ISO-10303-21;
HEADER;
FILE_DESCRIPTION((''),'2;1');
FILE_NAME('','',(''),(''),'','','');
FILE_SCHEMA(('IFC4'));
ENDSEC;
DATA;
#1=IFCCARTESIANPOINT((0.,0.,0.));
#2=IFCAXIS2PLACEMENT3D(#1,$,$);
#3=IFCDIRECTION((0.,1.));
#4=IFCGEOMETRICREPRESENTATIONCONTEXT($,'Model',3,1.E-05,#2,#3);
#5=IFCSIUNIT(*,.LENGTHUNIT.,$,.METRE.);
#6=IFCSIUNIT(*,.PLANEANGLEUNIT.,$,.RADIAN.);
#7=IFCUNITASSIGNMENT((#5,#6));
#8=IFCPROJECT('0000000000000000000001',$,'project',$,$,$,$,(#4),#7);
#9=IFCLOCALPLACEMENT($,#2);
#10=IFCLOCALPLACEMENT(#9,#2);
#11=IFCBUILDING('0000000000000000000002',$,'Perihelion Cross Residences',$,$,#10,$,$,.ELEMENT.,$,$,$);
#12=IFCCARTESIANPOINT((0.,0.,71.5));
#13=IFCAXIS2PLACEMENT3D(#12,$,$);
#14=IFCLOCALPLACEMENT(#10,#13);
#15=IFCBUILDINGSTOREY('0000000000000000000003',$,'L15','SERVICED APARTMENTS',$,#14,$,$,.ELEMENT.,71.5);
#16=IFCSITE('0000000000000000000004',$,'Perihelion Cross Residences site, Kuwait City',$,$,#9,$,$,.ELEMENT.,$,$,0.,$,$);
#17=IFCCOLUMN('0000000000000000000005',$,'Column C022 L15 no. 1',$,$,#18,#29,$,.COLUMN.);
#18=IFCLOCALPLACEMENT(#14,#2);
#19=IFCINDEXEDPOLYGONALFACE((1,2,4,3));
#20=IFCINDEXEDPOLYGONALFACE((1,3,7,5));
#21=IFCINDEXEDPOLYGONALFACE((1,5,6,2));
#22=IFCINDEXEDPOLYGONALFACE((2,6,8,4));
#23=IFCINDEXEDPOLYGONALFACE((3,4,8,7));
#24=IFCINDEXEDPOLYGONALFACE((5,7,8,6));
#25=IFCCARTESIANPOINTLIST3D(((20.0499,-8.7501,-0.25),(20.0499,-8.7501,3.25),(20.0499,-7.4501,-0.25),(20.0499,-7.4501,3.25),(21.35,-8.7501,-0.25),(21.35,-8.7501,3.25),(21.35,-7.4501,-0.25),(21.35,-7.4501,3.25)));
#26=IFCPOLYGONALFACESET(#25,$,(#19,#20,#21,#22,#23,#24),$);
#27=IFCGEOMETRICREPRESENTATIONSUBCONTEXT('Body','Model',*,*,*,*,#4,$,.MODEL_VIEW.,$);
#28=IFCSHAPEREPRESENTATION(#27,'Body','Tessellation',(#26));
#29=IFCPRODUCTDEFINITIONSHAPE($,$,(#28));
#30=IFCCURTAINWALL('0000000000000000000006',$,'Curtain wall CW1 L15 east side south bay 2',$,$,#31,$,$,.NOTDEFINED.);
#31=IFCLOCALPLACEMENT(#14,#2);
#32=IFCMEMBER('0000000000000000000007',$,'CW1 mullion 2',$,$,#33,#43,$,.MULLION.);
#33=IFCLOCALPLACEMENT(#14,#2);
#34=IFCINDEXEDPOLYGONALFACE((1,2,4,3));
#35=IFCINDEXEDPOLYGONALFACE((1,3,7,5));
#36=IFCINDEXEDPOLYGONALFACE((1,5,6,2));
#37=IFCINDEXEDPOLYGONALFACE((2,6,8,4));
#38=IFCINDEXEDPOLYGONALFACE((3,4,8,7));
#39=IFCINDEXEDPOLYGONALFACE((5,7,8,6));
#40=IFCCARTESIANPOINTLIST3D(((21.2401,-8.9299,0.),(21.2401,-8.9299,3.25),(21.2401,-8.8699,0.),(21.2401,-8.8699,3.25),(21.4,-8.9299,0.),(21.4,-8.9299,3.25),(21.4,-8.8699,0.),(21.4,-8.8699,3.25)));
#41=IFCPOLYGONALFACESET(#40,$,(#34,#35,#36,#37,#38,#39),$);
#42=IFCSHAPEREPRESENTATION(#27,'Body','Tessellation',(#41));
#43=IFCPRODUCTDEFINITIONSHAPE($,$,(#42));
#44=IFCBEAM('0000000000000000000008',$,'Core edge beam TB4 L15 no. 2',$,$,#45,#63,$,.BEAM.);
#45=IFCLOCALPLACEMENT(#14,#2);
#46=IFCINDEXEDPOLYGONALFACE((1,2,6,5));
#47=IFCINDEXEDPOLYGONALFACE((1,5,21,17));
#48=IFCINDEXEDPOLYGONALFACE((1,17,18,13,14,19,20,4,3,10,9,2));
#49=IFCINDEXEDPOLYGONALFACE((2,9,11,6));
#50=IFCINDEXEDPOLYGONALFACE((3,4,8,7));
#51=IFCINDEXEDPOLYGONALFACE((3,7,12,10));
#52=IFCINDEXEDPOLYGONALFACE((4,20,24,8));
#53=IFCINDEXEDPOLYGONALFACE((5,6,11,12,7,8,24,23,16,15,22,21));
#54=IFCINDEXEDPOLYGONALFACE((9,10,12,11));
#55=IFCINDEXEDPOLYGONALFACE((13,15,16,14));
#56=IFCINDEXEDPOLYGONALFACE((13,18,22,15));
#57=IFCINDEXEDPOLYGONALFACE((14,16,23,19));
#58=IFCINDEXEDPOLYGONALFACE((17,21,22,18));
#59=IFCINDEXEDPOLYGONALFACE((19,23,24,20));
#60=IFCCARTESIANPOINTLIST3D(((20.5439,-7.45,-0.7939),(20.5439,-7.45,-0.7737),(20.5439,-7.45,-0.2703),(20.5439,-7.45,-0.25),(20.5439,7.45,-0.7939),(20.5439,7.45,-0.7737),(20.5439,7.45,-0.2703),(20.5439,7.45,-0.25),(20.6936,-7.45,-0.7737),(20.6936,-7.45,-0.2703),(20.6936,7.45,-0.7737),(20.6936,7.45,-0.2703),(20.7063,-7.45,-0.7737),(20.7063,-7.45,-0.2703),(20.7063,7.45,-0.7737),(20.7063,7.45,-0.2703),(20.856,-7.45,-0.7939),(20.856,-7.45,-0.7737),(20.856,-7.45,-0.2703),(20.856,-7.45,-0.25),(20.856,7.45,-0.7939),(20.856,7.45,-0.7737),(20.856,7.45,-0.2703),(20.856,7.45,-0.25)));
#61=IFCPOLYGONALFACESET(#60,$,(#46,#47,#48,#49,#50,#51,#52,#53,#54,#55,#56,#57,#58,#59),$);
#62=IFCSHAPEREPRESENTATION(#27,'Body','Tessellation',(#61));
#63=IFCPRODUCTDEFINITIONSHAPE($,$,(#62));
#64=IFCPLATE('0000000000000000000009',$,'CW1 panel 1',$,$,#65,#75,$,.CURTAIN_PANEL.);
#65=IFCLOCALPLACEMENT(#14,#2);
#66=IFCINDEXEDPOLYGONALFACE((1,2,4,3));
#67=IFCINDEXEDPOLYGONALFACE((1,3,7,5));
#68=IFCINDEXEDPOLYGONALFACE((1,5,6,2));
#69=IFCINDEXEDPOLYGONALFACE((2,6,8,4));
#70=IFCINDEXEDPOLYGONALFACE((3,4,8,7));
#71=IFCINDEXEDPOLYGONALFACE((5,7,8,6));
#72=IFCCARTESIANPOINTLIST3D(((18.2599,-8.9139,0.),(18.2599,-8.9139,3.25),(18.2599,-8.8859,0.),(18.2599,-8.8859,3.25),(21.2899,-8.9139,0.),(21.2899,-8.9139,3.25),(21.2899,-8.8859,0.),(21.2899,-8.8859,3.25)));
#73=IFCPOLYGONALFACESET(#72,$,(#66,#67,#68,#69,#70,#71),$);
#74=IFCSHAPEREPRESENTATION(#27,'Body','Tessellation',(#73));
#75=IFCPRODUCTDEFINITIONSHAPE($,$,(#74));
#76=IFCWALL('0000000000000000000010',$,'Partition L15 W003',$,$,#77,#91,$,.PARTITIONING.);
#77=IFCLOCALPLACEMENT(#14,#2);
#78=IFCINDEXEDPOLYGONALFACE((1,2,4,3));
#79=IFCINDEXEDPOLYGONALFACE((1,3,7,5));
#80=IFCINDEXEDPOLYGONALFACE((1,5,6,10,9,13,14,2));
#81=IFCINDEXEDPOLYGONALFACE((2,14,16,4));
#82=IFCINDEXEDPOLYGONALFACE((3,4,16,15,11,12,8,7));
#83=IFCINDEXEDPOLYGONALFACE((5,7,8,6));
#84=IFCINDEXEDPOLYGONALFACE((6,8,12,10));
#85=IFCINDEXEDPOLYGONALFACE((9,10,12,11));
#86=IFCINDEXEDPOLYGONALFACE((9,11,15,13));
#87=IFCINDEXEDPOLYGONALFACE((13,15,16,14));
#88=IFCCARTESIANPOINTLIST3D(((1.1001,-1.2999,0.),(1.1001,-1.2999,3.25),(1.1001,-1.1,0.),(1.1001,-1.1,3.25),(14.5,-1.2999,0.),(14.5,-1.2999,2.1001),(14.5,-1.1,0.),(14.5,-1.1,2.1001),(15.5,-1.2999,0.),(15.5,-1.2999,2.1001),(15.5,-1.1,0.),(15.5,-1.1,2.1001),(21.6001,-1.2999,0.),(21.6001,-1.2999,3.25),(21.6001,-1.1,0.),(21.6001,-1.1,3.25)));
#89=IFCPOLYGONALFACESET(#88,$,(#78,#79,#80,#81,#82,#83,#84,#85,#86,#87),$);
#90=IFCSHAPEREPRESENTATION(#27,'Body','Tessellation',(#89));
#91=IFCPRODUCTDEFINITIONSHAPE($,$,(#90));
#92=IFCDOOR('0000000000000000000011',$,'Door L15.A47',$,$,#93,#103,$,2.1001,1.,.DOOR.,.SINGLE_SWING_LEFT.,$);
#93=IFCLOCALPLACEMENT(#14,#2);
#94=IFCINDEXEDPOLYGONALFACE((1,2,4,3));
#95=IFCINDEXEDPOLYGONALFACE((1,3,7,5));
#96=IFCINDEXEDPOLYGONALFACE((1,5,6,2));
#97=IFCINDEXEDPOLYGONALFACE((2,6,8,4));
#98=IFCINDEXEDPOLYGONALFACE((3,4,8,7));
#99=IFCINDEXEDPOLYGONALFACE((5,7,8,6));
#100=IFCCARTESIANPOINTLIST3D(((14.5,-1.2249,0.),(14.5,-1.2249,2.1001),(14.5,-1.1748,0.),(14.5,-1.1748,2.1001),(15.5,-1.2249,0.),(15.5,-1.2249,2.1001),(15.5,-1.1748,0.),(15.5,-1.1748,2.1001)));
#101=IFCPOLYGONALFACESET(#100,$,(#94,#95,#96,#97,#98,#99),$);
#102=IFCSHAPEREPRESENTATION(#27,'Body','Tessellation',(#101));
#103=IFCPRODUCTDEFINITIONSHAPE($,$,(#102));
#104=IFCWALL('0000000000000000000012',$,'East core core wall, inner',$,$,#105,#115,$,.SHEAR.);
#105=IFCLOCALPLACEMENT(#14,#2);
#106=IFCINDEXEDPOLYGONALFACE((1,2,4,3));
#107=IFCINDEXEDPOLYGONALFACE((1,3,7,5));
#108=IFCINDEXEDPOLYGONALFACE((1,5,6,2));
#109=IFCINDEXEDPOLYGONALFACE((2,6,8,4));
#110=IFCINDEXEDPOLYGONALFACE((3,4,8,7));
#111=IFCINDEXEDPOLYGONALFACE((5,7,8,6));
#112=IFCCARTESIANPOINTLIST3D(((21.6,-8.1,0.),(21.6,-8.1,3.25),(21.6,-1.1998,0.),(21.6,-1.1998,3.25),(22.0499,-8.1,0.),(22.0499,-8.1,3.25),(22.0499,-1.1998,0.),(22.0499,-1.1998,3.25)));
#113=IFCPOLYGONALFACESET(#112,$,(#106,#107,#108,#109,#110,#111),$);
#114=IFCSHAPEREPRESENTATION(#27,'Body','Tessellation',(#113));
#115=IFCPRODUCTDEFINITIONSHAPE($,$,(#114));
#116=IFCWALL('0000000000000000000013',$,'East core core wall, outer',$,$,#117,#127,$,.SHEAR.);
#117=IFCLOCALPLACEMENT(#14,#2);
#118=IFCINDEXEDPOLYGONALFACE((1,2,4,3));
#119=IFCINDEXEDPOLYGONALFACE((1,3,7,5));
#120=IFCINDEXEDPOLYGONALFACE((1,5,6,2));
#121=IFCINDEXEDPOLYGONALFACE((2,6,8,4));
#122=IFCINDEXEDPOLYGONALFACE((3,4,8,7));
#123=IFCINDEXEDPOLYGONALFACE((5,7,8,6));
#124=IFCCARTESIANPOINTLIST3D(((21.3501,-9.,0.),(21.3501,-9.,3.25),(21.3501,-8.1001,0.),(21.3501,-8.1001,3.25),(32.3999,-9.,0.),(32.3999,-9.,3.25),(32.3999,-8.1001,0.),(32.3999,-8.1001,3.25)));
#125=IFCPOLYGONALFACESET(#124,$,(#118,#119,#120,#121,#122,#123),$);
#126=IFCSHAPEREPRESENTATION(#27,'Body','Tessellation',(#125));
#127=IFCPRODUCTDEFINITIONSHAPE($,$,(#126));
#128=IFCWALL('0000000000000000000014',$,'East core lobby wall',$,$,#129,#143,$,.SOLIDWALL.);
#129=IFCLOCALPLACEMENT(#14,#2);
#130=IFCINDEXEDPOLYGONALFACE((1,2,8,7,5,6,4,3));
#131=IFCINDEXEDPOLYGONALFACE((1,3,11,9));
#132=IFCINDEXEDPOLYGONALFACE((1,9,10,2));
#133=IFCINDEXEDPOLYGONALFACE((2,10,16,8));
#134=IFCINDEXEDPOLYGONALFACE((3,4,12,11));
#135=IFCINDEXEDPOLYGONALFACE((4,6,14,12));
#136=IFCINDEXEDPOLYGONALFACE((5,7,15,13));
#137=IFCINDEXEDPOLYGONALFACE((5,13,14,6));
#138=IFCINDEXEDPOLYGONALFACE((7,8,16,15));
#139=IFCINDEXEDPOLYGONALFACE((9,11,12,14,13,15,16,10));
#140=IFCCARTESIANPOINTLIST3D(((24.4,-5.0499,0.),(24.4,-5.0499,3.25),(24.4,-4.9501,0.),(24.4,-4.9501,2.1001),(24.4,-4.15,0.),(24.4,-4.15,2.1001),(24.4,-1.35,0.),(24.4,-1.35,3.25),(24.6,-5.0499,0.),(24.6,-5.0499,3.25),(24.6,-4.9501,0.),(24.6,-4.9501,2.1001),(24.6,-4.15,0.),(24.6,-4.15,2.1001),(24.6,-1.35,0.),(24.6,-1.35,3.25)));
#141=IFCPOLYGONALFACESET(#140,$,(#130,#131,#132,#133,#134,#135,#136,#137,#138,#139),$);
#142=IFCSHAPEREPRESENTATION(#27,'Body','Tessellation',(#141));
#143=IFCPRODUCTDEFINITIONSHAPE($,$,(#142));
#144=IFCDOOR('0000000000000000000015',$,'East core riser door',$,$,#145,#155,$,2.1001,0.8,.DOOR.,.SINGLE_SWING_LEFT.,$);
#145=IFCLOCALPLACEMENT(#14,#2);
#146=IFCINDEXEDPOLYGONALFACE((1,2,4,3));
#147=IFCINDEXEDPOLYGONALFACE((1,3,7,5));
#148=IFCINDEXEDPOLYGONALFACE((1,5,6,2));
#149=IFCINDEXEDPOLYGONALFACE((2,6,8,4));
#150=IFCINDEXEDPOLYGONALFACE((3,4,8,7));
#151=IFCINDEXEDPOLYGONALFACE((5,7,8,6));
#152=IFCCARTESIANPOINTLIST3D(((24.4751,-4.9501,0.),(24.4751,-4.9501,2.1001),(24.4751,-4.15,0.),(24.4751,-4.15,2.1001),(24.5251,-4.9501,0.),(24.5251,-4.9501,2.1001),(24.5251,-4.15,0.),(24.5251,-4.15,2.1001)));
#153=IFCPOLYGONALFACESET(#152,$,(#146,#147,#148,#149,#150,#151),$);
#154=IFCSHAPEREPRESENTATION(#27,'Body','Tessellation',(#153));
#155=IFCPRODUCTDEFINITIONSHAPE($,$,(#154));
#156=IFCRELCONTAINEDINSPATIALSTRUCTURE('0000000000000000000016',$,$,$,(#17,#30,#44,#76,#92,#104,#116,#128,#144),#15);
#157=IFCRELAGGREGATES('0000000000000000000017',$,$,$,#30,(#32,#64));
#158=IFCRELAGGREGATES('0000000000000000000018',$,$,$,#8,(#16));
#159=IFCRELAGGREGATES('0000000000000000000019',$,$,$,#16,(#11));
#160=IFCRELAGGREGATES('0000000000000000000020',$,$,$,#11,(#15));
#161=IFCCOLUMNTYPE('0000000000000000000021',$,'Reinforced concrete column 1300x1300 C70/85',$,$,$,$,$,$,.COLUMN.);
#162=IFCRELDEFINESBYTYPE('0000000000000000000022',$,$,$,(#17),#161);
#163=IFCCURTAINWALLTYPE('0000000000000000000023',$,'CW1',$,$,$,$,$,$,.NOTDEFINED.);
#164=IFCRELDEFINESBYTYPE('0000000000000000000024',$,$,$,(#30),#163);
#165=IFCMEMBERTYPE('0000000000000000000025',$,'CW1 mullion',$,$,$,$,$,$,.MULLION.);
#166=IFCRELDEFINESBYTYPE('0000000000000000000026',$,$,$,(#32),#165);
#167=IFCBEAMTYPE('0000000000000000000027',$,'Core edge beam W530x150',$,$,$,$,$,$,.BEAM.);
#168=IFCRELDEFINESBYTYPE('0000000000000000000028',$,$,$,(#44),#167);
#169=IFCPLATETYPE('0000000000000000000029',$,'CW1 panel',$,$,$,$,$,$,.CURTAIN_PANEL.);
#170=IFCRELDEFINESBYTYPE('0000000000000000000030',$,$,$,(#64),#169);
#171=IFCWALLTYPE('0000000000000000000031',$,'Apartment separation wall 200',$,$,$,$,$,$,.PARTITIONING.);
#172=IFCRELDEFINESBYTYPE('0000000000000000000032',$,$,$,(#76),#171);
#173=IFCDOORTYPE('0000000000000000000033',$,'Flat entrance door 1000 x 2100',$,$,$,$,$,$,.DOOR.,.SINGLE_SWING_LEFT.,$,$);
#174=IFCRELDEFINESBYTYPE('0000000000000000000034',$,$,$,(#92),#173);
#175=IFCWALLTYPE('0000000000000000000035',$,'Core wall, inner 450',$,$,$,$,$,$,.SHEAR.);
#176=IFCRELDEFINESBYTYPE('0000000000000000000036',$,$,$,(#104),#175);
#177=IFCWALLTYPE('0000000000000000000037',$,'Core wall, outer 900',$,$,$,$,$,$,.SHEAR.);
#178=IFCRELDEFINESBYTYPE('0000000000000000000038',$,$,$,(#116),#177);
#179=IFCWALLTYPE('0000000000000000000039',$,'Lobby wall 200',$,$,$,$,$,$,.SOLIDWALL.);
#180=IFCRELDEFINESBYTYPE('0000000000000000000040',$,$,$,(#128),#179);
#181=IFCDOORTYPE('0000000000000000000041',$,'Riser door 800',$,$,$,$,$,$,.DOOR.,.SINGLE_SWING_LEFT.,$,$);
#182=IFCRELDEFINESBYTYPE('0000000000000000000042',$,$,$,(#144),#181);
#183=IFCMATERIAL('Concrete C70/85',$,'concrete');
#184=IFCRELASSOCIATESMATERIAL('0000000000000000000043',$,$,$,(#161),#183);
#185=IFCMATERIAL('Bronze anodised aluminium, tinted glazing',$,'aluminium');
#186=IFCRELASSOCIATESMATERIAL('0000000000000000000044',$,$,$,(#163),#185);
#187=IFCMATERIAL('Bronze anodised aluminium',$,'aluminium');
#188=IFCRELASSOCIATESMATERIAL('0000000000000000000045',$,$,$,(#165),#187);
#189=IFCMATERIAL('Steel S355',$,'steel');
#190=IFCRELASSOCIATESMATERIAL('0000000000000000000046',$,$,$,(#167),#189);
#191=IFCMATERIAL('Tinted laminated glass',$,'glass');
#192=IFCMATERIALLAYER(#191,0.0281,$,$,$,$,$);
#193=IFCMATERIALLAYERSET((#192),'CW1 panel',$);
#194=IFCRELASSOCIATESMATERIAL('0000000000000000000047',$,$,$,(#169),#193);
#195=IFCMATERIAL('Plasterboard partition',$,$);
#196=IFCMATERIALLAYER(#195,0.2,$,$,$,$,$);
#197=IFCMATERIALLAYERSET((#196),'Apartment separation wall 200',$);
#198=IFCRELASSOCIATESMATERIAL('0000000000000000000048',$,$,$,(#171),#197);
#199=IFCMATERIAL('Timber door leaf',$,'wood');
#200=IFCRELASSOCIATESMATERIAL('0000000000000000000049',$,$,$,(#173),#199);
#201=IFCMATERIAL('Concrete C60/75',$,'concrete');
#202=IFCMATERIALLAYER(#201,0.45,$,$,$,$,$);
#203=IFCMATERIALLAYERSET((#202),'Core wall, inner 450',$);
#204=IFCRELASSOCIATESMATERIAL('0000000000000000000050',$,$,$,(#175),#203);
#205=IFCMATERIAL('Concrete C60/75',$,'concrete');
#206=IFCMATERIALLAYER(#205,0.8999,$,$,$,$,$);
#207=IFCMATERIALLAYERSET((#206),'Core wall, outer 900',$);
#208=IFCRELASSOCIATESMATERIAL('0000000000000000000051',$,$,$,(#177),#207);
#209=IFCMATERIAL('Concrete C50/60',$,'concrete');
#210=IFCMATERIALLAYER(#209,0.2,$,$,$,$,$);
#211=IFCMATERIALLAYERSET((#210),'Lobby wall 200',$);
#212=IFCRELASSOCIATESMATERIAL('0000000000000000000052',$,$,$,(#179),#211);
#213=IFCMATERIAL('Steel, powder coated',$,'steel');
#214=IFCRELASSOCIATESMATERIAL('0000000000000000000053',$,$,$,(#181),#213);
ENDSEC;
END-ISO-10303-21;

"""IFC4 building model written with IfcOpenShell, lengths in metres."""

from ifc_helpers import new_model, si_unit, direction, frame, frame_2d, origin, origin_2d, place, context, subcontext, project, spatial, rectangle, i_section, extrude, material, layer, layer_set, material_profile, profile_set, type_object, element, fill, aggregate, save


model = new_model("IFC4")

# Units and contexts
model_context = context("Model", 3, precision=1e-05, world=origin(), true_north=direction((0.0, 1.0)))
body_context = subcontext(model_context, "Body", "Model", "MODEL_VIEW")
ifc_project = project(units=[si_unit("LENGTHUNIT", "METRE"), si_unit("PLANEANGLEUNIT", "RADIAN")], contexts=[model_context])

# Site, building, storey
site_placement = place(None, origin())
site = spatial("IfcSite", under=ifc_project, at=site_placement, Name="Perihelion Cross Residences site, Kuwait City", CompositionType="ELEMENT", RefElevation=0.0)
building_placement = place(site_placement, origin())
building = spatial("IfcBuilding", under=site, at=building_placement, Name="Perihelion Cross Residences", CompositionType="ELEMENT")
storey_placement = place(building_placement, frame((0.0, 0.0, 71.5)))
storey = spatial("IfcBuildingStorey", under=building, at=storey_placement, Name="L15", Description="SERVICED APARTMENTS", CompositionType="ELEMENT", Elevation=71.5)

# Column
ifc_material_1 = material(Name="Concrete C70/85", Category="concrete")
ifc_material_profile_1 = material_profile(ifc_material_1, rectangle(XDim=1.3, YDim=1.3, at=origin_2d()), Name="RC 1300x1300")
ifc_profile_set_1 = profile_set([ifc_material_profile_1], Name="Concrete C70/85")
column_type = type_object("IfcColumnType", Name="Reinforced concrete column 1300x1300 C70/85", PredefinedType="COLUMN", material=ifc_profile_set_1)
column_placement = place(storey_placement, frame((20.7, -8.1001, -0.25), z_axis=(0.0, 0.0, 1.0), x_axis=(1.0, 0.0, 0.0)))
element("IfcColumn", 1, at=column_placement, inside=storey, type_object=column_type, Name="Column C022 L15 no. 1", PredefinedType="COLUMN", context=body_context, shape_type="SweptSolid", body=[
    extrude(rectangle(XDim=1.3, YDim=1.3, at=origin_2d()), origin(), (0.0, 0.0, 1.0), 3.5),
])

# Curtain wall, member
ifc_material_2 = material(Name="Bronze anodised aluminium, tinted glazing", Category="aluminium")
curtain_wall_type = type_object("IfcCurtainWallType", Name="CW1", PredefinedType="NOTDEFINED", material=ifc_material_2)
curtain_wall_placement = place(storey_placement, origin())
curtain_wall = element("IfcCurtainWall", 2, at=curtain_wall_placement, inside=storey, type_object=curtain_wall_type, Name="Curtain wall CW1 L15 east side south bay 2", PredefinedType="NOTDEFINED")
ifc_material_3 = material(Name="Bronze anodised aluminium", Category="aluminium")
ifc_material_profile_2 = material_profile(ifc_material_3, rectangle(XDim=0.0601, YDim=0.1599, at=origin_2d()), Name="CW1 mullion")
ifc_profile_set_2 = profile_set([ifc_material_profile_2], Name="Bronze anodised aluminium")
member_type = type_object("IfcMemberType", Name="CW1 mullion", PredefinedType="MULLION", material=ifc_profile_set_2)
member_placement = place(storey_placement, frame((21.3201, -8.8999, 0.0), z_axis=(0.0, 0.0, 1.0), x_axis=(0.0, 1.0, 0.0)))
member = element("IfcMember", 3, at=member_placement, type_object=member_type, Name="CW1 mullion 2", PredefinedType="MULLION", context=body_context, shape_type="SweptSolid", body=[
    extrude(rectangle(XDim=0.0601, YDim=0.1599, at=origin_2d()), origin(), (0.0, 0.0, 1.0), 3.25),
])

# Beam
ifc_material_4 = material(Name="Steel S355", Category="steel")
ifc_material_profile_3 = material_profile(ifc_material_4, i_section(OverallWidth=0.312, OverallDepth=0.5439, WebThickness=0.0127, FlangeThickness=0.0203, at=origin_2d()), Name="W530x150")
ifc_profile_set_3 = profile_set([ifc_material_profile_3], Name="Steel S355")
beam_type = type_object("IfcBeamType", Name="Core edge beam W530x150", PredefinedType="BEAM", material=ifc_profile_set_3)
beam_placement = place(storey_placement, frame((20.7, -7.45, -0.522), z_axis=(0.0, 1.0, 0.0), x_axis=(-1.0, 0.0, 0.0)))
element("IfcBeam", 4, at=beam_placement, inside=storey, type_object=beam_type, Name="Core edge beam TB4 L15 no. 2", PredefinedType="BEAM", context=body_context, shape_type="SweptSolid", body=[
    extrude(i_section(OverallWidth=0.312, OverallDepth=0.5439, WebThickness=0.0127, FlangeThickness=0.0203, at=origin_2d()), origin(), (0.0, 0.0, 1.0), 14.8999),
])

# Plate
ifc_material_5 = material(Name="Tinted laminated glass", Category="glass")
ifc_layer_1 = layer(ifc_material_5, 0.0281)
ifc_layer_set_1 = layer_set([ifc_layer_1], Name="CW1 panel")
plate_type = type_object("IfcPlateType", Name="CW1 panel", PredefinedType="CURTAIN_PANEL", material=ifc_layer_set_1)
plate_placement = place(storey_placement, frame((19.7749, -8.8999, 0.0), z_axis=(0.0, 0.0, 1.0), x_axis=(1.0, 0.0, 0.0)))
plate = element("IfcPlate", 5, at=plate_placement, type_object=plate_type, Name="CW1 panel 1", PredefinedType="CURTAIN_PANEL", context=body_context, shape_type="SweptSolid", body=[
    extrude(rectangle(XDim=3.03, YDim=0.0281, at=origin_2d()), origin(), (0.0, 0.0, 1.0), 3.25),
])
aggregate(curtain_wall, [member, plate])

# Wall, opening, door
ifc_material_6 = material(Name="Plasterboard partition")
ifc_layer_2 = layer(ifc_material_6, 0.2)
ifc_layer_set_2 = layer_set([ifc_layer_2], Name="Apartment separation wall 200")
wall_type_1 = type_object("IfcWallType", Name="Apartment separation wall 200", PredefinedType="PARTITIONING", material=ifc_layer_set_2)
wall_1_placement = place(storey_placement, frame((21.6001, -1.2, 0.0), z_axis=(0.0, 0.0, 1.0), x_axis=(-1.0, 0.0, 0.0)))
wall_1 = element("IfcWall", 6, at=wall_1_placement, inside=storey, type_object=wall_type_1, Name="Partition L15 W003", PredefinedType="PARTITIONING", context=body_context, shape_type="SweptSolid", body=[
    extrude(rectangle(XDim=20.5, YDim=0.2, at=frame_2d((10.25, 0.0))), origin(), (0.0, 0.0, 1.0), 3.25),
])
opening_1_placement = place(wall_1_placement, frame((6.1001, 0.0, 0.0)))
opening_1 = element("IfcOpeningElement", 7, at=opening_1_placement, cuts=wall_1, PredefinedType="OPENING", context=body_context, shape_type="SweptSolid", body=[
    extrude(rectangle(XDim=1.0, YDim=2.1001, at=frame_2d((0.5, 1.05))), frame((0.0, 0.1099, 0.0), z_axis=(0.0, -1.0, 0.0), x_axis=(1.0, 0.0, 0.0)), (0.0, 0.0, 1.0), 0.22),
])
ifc_material_7 = material(Name="Timber door leaf", Category="wood")
door_type_1 = type_object("IfcDoorType", Name="Flat entrance door 1000 x 2100", OperationType="SINGLE_SWING_LEFT", PredefinedType="DOOR", material=ifc_material_7)
door_1_placement = place(opening_1_placement, origin())
door_1 = element("IfcDoor", 8, at=door_1_placement, inside=storey, type_object=door_type_1, Name="Door L15.A47", OperationType="SINGLE_SWING_LEFT", OverallHeight=2.1001, OverallWidth=1.0, PredefinedType="DOOR", context=body_context, shape_type="SweptSolid", body=[
    extrude(rectangle(XDim=1.0, YDim=2.1001, at=frame_2d((0.5, 1.05))), frame((0.0, 0.0249, 0.0), z_axis=(0.0, -1.0, 0.0), x_axis=(1.0, 0.0, 0.0)), (0.0, 0.0, 1.0), 0.05),
])
fill(opening_1, door_1)

# Walls
ifc_material_8 = material(Name="Concrete C60/75", Category="concrete")
ifc_layer_3 = layer(ifc_material_8, 0.45)
ifc_layer_set_3 = layer_set([ifc_layer_3], Name="Core wall, inner 450")
wall_type_2 = type_object("IfcWallType", Name="Core wall, inner 450", PredefinedType="SHEAR", material=ifc_layer_set_3)
wall_2_placement = place(storey_placement, frame((21.825, -8.1001, 0.0), z_axis=(0.0, 0.0, 1.0), x_axis=(0.0, 1.0, 0.0)))
element("IfcWall", 9, at=wall_2_placement, inside=storey, type_object=wall_type_2, Name="East core core wall, inner", PredefinedType="SHEAR", context=body_context, shape_type="SweptSolid", body=[
    extrude(rectangle(XDim=6.9001, YDim=0.45, at=frame_2d((3.4502, 0.0))), origin(), (0.0, 0.0, 1.0), 3.25),
])
ifc_material_9 = material(Name="Concrete C60/75", Category="concrete")
ifc_layer_4 = layer(ifc_material_9, 0.8999)
ifc_layer_set_4 = layer_set([ifc_layer_4], Name="Core wall, outer 900")
wall_type_3 = type_object("IfcWallType", Name="Core wall, outer 900", PredefinedType="SHEAR", material=ifc_layer_set_4)
wall_3_placement = place(storey_placement, frame((21.3501, -8.55, 0.0), z_axis=(0.0, 0.0, 1.0), x_axis=(1.0, 0.0, 0.0)))
element("IfcWall", 10, at=wall_3_placement, inside=storey, type_object=wall_type_3, Name="East core core wall, outer", PredefinedType="SHEAR", context=body_context, shape_type="SweptSolid", body=[
    extrude(rectangle(XDim=11.0498, YDim=0.8999, at=frame_2d((5.5249, 0.0))), origin(), (0.0, 0.0, 1.0), 3.25),
])

# Wall, opening, door
ifc_material_10 = material(Name="Concrete C50/60", Category="concrete")
ifc_layer_5 = layer(ifc_material_10, 0.2)
ifc_layer_set_5 = layer_set([ifc_layer_5], Name="Lobby wall 200")
wall_type_4 = type_object("IfcWallType", Name="Lobby wall 200", PredefinedType="SOLIDWALL", material=ifc_layer_set_5)
wall_4_placement = place(storey_placement, frame((24.5, -5.05, 0.0), z_axis=(0.0, 0.0, 1.0), x_axis=(0.0, 1.0, 0.0)))
wall_4 = element("IfcWall", 11, at=wall_4_placement, inside=storey, type_object=wall_type_4, Name="East core lobby wall", PredefinedType="SOLIDWALL", context=body_context, shape_type="SweptSolid", body=[
    extrude(rectangle(XDim=3.7, YDim=0.2, at=frame_2d((1.8501, 0.0))), origin(), (0.0, 0.0, 1.0), 3.25),
])
opening_2_placement = place(wall_4_placement, frame((0.1001, 0.0, 0.0)))
opening_2 = element("IfcOpeningElement", 12, at=opening_2_placement, cuts=wall_4, PredefinedType="OPENING", context=body_context, shape_type="SweptSolid", body=[
    extrude(rectangle(XDim=0.8, YDim=2.1001, at=frame_2d((0.3999, 1.05))), frame((0.0, 0.1099, 0.0), z_axis=(0.0, -1.0, 0.0), x_axis=(1.0, 0.0, 0.0)), (0.0, 0.0, 1.0), 0.22),
])
ifc_material_11 = material(Name="Steel, powder coated", Category="steel")
door_type_2 = type_object("IfcDoorType", Name="Riser door 800", OperationType="SINGLE_SWING_LEFT", PredefinedType="DOOR", material=ifc_material_11)
door_2_placement = place(opening_2_placement, origin())
door_2 = element("IfcDoor", 13, at=door_2_placement, inside=storey, type_object=door_type_2, Name="East core riser door", OperationType="SINGLE_SWING_LEFT", OverallHeight=2.1001, OverallWidth=0.8, PredefinedType="DOOR", context=body_context, shape_type="SweptSolid", body=[
    extrude(rectangle(XDim=0.8, YDim=2.1001, at=frame_2d((0.3999, 1.05))), frame((0.0, 0.0249, 0.0), z_axis=(0.0, -1.0, 0.0), x_axis=(1.0, 0.0, 0.0)), (0.0, 0.0, 1.0), 0.05),
])
fill(opening_2, door_2)

save(model, "model.ifc")
